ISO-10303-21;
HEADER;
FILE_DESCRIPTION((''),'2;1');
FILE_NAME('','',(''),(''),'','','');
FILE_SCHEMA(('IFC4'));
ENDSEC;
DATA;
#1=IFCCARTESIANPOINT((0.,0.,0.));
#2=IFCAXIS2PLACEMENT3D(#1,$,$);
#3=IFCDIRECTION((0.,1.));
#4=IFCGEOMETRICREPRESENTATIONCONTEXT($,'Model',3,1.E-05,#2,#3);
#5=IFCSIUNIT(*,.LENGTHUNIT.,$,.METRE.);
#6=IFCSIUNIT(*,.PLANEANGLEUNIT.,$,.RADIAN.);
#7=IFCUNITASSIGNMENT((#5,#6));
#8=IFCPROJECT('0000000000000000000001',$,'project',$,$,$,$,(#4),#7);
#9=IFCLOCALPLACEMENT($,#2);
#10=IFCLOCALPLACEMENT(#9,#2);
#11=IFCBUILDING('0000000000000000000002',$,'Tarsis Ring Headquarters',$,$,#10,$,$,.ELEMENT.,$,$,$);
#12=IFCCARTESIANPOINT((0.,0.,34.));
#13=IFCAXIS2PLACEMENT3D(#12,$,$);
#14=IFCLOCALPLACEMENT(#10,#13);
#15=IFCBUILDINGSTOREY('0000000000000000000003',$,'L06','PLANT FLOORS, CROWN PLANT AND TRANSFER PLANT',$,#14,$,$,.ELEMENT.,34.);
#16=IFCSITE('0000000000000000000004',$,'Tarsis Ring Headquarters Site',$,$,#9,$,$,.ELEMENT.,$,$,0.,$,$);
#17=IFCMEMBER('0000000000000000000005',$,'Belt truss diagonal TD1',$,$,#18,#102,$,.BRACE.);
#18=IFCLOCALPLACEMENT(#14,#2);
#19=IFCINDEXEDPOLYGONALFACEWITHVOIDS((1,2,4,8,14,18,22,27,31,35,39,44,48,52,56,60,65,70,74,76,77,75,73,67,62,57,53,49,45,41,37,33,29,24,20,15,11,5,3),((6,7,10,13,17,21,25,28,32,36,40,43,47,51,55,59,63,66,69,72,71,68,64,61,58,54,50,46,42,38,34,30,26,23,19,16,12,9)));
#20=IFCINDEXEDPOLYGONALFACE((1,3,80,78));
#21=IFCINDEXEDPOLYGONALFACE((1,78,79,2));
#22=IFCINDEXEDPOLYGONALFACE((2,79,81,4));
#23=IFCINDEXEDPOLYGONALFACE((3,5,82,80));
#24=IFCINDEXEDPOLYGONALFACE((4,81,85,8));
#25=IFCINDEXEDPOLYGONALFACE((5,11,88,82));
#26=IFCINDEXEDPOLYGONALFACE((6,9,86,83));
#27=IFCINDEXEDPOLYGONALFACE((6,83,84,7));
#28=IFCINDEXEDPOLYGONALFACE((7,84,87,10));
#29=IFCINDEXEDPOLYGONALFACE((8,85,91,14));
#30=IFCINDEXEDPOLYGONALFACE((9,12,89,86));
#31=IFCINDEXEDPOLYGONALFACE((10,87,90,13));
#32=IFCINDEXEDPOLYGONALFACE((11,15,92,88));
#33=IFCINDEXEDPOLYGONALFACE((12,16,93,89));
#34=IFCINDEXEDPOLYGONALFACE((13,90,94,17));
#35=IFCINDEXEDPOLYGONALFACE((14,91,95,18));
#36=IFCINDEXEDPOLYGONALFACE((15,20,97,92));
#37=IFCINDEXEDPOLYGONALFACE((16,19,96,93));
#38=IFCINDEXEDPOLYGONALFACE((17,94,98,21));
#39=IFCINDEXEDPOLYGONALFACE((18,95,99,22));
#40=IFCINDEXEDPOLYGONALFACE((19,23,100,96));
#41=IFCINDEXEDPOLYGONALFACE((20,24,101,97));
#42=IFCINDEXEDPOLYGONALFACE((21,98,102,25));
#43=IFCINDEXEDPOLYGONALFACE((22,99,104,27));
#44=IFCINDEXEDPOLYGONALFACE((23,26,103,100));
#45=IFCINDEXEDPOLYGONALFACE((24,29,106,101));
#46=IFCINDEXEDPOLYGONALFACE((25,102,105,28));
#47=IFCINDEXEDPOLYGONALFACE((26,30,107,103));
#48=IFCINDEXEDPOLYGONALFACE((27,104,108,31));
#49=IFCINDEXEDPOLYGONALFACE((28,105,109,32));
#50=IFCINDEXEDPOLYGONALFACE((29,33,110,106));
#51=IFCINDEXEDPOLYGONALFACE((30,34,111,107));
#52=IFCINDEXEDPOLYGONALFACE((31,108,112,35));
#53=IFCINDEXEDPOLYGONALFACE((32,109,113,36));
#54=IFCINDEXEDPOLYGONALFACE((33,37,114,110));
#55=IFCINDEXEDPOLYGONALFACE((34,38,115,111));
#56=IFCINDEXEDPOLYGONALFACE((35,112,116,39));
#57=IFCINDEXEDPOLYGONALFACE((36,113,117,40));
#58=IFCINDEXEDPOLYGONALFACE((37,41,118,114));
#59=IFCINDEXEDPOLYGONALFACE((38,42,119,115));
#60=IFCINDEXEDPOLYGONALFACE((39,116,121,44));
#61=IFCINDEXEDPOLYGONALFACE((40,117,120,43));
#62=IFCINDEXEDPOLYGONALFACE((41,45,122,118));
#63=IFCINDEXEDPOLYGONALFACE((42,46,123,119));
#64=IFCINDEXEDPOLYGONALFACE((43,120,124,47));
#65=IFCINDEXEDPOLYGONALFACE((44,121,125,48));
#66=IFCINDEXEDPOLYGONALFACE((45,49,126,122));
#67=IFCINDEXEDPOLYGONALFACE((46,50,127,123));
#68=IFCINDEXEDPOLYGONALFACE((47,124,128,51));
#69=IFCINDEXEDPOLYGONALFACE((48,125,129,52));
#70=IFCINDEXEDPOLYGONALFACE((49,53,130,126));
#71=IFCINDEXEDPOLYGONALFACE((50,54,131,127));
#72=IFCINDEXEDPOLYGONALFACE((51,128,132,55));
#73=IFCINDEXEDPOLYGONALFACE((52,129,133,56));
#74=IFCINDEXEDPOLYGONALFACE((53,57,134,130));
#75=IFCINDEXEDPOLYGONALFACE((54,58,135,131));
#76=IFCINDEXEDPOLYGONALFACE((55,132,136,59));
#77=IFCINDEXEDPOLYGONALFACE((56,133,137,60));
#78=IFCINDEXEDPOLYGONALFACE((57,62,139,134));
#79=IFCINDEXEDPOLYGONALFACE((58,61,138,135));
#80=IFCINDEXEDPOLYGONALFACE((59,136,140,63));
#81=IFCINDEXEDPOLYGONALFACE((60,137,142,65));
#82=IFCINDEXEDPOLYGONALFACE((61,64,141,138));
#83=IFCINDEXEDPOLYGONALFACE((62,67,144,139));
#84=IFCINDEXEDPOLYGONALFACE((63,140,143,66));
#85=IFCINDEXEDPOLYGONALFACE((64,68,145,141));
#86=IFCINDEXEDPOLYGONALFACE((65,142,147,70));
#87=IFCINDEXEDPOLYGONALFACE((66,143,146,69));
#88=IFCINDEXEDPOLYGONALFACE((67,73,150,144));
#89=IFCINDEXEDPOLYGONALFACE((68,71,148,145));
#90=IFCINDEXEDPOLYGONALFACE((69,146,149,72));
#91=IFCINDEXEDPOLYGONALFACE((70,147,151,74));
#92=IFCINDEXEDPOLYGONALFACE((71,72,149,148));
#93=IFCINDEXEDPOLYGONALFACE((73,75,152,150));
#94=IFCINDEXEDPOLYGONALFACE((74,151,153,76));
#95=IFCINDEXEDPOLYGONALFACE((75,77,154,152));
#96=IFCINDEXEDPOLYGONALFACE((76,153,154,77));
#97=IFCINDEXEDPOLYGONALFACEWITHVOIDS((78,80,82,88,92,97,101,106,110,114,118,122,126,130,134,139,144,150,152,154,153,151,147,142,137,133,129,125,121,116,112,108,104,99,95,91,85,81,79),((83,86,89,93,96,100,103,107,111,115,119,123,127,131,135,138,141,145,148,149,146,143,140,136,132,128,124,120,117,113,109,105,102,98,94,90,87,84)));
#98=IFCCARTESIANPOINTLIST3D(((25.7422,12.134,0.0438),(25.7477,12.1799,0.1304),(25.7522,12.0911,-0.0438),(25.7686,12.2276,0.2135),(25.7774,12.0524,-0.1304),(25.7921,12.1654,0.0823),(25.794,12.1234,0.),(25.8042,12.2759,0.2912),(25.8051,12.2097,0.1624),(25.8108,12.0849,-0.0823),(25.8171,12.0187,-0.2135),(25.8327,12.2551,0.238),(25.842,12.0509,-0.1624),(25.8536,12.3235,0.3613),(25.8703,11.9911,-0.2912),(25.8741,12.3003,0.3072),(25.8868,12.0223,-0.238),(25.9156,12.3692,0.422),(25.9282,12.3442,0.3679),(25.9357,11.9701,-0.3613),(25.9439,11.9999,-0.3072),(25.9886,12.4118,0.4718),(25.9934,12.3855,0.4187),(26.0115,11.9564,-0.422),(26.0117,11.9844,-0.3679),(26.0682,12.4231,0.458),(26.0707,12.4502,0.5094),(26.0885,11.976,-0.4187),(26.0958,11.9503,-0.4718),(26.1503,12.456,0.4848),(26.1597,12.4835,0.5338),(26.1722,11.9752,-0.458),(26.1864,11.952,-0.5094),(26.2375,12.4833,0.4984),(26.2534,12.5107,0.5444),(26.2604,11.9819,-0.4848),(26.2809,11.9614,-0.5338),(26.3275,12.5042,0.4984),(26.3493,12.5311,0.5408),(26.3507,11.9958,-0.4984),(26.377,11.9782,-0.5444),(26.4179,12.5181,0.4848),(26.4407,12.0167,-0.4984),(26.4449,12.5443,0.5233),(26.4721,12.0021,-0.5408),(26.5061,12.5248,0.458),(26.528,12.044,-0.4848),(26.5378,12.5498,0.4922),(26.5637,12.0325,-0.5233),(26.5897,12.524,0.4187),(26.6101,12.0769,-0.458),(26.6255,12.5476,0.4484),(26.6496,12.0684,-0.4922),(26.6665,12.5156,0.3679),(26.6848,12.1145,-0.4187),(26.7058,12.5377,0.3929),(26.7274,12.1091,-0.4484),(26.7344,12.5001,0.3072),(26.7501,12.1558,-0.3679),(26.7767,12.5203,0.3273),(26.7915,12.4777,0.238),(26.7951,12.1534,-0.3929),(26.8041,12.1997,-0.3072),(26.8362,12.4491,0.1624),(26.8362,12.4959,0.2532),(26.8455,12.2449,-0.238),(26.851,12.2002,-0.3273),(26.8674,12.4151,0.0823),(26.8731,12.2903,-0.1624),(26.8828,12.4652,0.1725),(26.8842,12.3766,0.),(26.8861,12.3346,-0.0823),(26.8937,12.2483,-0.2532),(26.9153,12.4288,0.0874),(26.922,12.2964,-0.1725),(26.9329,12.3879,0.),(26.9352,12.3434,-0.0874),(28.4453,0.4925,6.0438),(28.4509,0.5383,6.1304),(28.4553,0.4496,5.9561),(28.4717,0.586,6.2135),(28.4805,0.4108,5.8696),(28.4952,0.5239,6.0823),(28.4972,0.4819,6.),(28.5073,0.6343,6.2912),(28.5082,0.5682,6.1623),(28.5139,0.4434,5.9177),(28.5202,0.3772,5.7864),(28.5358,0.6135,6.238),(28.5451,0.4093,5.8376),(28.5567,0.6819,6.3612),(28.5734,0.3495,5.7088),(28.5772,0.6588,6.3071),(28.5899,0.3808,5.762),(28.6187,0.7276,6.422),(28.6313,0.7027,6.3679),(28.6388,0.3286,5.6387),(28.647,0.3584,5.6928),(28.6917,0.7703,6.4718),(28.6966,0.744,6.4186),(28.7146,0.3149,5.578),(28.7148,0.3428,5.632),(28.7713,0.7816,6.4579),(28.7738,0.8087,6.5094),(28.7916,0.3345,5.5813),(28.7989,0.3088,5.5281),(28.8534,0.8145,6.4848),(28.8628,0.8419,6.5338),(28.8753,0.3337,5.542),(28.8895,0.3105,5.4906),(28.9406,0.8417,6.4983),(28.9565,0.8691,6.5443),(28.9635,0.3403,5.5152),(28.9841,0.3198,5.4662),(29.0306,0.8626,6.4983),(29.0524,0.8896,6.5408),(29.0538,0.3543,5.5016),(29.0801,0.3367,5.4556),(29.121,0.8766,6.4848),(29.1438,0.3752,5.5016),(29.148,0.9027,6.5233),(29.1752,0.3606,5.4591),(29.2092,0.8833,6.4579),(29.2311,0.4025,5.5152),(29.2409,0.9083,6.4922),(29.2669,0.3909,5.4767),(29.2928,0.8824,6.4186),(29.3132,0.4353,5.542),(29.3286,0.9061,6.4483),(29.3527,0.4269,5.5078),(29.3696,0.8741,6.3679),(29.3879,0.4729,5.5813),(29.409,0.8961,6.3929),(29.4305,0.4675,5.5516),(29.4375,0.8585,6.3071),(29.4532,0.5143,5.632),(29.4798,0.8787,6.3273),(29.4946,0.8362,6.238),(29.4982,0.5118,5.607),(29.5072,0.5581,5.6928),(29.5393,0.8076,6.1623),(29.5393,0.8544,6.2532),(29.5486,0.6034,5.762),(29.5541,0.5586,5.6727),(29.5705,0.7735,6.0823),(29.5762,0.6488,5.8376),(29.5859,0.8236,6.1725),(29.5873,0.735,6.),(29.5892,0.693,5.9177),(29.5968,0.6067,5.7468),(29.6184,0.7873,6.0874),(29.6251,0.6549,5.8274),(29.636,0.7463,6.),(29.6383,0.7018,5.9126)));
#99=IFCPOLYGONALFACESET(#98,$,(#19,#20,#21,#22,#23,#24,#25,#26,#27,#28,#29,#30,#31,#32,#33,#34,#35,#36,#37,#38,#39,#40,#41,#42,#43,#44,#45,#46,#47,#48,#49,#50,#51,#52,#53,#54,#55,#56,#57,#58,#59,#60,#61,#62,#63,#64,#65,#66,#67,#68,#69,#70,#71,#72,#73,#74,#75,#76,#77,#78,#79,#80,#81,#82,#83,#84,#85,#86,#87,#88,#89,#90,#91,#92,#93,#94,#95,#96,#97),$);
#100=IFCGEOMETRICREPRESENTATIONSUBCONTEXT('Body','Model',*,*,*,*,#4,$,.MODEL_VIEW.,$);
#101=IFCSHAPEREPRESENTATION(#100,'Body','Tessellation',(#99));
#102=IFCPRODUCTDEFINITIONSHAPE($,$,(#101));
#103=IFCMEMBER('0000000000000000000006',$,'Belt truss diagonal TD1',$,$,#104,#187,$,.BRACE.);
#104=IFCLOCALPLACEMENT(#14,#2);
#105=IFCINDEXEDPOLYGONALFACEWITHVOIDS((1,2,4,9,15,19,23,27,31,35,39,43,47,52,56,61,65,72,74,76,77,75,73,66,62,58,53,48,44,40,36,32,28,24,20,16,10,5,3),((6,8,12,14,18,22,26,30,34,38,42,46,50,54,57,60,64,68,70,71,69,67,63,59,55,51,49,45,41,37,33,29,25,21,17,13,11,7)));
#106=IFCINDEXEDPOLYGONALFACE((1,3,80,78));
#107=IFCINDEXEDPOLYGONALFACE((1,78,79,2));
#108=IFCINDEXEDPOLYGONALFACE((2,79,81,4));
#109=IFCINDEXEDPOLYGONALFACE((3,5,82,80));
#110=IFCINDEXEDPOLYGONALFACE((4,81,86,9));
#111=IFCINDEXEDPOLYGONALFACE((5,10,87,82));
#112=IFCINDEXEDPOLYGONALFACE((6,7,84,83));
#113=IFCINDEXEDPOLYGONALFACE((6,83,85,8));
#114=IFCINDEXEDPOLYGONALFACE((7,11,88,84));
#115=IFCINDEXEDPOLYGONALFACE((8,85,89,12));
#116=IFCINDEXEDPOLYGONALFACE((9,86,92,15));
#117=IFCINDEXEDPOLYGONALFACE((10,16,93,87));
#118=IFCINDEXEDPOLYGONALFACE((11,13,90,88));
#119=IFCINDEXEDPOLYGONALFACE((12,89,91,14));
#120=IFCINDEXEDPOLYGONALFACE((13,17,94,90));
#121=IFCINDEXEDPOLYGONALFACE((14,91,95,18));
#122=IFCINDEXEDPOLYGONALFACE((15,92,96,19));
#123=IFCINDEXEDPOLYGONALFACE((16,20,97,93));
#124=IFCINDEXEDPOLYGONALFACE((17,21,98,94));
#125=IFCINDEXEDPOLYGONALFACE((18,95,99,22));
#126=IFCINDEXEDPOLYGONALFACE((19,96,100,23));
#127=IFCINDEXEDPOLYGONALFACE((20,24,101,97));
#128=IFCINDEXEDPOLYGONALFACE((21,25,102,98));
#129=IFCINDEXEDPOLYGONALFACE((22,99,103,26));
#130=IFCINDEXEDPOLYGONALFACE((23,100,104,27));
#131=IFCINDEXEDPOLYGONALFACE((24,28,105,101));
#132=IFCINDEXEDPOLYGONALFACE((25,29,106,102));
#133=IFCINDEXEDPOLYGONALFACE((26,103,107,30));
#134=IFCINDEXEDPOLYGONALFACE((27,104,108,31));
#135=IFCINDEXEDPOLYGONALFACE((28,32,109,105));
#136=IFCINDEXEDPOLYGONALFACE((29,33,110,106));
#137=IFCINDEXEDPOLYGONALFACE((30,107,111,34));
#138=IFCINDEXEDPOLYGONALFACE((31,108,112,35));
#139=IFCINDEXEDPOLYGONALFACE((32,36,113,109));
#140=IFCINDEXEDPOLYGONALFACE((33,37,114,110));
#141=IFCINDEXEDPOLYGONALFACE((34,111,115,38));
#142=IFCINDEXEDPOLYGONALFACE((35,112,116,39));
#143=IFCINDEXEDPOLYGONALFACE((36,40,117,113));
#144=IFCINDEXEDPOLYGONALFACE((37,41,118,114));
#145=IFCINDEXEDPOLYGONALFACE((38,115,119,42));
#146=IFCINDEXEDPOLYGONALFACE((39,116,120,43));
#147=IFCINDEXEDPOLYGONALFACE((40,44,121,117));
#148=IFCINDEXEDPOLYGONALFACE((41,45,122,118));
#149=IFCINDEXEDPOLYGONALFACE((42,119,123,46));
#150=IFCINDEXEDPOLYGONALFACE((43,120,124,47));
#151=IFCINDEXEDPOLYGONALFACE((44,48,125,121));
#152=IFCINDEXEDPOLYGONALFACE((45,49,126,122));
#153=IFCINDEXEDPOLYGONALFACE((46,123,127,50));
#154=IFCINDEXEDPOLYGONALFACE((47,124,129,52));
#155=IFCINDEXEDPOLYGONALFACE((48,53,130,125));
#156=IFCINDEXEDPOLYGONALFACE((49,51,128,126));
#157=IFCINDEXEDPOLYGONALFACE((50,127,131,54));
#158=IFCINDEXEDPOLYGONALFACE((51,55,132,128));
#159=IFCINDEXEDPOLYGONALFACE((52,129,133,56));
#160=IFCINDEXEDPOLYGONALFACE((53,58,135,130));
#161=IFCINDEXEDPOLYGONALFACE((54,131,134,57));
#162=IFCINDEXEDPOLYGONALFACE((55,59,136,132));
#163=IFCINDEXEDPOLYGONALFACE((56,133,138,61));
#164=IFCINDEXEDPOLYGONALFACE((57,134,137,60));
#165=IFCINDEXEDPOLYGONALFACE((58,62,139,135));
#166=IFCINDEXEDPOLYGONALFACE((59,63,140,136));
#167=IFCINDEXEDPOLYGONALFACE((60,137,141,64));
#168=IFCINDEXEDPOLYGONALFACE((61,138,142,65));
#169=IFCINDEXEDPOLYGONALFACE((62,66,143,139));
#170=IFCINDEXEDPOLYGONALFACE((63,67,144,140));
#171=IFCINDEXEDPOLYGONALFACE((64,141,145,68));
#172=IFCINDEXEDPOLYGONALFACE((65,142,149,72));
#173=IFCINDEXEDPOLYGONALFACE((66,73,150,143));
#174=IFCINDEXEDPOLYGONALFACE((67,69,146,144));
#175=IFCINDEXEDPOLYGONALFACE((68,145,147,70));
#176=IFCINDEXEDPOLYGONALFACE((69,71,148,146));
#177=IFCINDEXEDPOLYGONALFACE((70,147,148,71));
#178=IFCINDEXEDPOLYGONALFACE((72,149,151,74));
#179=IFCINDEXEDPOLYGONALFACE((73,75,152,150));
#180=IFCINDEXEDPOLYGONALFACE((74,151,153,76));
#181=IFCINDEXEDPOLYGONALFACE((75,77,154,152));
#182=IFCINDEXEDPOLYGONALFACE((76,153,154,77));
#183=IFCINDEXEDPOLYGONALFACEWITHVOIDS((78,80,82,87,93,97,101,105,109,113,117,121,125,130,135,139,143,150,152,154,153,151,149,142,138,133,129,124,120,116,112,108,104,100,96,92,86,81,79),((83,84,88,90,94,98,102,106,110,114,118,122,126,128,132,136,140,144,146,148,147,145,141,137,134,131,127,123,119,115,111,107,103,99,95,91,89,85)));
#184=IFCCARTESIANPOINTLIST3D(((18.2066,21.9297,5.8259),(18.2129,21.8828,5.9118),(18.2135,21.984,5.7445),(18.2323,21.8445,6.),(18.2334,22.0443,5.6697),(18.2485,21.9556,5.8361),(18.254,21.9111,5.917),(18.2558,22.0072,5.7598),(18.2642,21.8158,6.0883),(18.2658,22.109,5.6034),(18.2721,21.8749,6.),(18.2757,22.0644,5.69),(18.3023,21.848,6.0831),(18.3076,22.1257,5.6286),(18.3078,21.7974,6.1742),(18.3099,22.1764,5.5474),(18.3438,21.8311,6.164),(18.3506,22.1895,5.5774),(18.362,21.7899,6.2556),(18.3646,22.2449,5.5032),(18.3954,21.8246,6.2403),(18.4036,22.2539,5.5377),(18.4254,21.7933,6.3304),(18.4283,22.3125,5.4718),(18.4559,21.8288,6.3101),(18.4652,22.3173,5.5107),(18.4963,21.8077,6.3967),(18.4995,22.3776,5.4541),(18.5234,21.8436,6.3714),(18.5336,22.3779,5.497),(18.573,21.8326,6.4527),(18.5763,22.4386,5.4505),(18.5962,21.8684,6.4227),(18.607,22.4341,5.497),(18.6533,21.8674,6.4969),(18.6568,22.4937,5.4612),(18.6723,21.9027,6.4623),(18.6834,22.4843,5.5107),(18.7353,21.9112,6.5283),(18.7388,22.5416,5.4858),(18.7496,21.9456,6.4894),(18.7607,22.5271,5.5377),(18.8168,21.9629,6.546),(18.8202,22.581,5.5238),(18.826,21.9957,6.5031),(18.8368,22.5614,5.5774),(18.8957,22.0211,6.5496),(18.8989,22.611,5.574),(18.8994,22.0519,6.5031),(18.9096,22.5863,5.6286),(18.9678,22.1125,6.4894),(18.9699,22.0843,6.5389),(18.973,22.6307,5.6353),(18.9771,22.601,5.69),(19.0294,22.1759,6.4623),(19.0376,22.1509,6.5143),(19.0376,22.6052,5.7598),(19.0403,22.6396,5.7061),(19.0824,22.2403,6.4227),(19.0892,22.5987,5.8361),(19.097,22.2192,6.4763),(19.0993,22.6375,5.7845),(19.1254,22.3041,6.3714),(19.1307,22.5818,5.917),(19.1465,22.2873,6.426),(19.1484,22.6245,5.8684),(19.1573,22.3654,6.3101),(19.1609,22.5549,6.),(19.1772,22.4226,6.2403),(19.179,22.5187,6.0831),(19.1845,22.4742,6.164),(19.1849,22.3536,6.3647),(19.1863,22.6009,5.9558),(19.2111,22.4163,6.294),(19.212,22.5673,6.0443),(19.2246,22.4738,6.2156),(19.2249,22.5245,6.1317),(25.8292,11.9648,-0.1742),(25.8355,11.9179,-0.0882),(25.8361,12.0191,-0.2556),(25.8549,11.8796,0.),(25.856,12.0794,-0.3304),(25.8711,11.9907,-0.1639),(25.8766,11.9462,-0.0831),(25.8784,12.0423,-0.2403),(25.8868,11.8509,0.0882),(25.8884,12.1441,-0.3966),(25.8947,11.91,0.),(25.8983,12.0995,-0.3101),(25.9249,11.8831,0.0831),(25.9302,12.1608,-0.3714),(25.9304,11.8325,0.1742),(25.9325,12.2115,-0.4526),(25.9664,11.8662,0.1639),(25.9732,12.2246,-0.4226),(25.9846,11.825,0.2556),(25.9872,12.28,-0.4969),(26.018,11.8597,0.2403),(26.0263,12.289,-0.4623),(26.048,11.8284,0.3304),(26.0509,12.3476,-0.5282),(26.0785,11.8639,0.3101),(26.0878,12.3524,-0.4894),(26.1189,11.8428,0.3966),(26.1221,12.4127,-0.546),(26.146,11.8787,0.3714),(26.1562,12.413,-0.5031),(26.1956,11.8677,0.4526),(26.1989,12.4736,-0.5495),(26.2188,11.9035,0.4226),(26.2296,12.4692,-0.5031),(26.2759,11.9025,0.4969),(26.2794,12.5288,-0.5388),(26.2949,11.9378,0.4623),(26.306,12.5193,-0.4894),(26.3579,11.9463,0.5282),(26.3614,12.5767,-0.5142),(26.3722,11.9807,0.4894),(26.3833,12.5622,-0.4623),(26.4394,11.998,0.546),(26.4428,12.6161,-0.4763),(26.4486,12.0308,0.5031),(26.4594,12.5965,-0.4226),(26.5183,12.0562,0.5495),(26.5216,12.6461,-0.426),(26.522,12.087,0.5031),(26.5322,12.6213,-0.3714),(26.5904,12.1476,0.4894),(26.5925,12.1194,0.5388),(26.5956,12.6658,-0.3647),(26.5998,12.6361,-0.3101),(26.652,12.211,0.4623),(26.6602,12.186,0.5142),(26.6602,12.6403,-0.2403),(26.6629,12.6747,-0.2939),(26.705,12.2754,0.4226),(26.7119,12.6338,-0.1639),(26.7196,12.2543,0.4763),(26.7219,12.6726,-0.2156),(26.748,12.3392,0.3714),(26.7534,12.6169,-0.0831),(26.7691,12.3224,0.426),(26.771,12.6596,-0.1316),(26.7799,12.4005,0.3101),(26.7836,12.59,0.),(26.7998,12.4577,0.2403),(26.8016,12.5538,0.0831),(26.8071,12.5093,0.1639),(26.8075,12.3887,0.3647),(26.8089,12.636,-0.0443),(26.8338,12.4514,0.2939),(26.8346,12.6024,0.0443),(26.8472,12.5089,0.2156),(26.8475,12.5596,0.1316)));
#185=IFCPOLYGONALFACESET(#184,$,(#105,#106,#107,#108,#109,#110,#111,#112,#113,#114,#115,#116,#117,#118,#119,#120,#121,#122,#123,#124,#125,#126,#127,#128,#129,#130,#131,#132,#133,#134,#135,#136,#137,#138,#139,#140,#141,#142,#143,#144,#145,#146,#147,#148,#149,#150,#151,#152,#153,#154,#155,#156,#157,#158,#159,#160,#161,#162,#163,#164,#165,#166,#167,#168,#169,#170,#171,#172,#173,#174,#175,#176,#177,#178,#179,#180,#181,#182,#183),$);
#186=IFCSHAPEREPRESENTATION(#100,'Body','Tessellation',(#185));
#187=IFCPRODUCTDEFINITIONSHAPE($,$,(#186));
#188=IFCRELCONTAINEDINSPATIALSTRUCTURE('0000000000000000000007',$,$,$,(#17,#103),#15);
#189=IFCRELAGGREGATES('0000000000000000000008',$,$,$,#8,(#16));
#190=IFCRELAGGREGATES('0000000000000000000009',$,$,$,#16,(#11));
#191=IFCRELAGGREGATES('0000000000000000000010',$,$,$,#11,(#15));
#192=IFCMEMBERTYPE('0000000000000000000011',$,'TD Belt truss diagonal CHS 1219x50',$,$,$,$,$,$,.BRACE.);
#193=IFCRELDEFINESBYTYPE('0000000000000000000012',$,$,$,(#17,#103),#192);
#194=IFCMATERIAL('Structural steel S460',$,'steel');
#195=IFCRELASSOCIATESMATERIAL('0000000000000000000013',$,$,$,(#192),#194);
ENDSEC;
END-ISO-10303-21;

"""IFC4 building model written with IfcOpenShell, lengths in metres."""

from ifc_helpers import new_model, si_unit, direction, frame, origin, origin_2d, place, context, subcontext, project, spatial, hollow_circle, extrude, material, material_profile, profile_set, type_object, element, save


model = new_model("IFC4")

# Units and contexts
model_context = context("Model", 3, precision=1e-05, world=origin(), true_north=direction((0.0, 1.0)))
body_context = subcontext(model_context, "Body", "Model", "MODEL_VIEW")
ifc_project = project(units=[si_unit("LENGTHUNIT", "METRE"), si_unit("PLANEANGLEUNIT", "RADIAN")], contexts=[model_context])

# Site, building, storey
site_placement = place(None, origin())
site = spatial("IfcSite", under=ifc_project, at=site_placement, Name="Tarsis Ring Headquarters Site", CompositionType="ELEMENT", RefElevation=0.0)
building_placement = place(site_placement, origin())
building = spatial("IfcBuilding", under=site, at=building_placement, Name="Tarsis Ring Headquarters", CompositionType="ELEMENT")
storey_placement = place(building_placement, frame((0.0, 0.0, 34.0)))
storey = spatial("IfcBuildingStorey", under=building, at=storey_placement, Name="L06", Description="PLANT FLOORS, CROWN PLANT AND TRANSFER PLANT", CompositionType="ELEMENT", Elevation=34.0)

# Shared definitions
ifc_material_1 = material(Name="Structural steel S460", Category="steel")
ifc_material_profile_1 = material_profile(ifc_material_1, hollow_circle(Radius=0.6096, WallThickness=0.05, at=origin_2d()), Name="CHS 1219x50")
ifc_profile_set_1 = profile_set([ifc_material_profile_1], Name="Structural steel S460")

# Members
member_type_1 = type_object("IfcMemberType", Name="TD Belt truss diagonal CHS 1219x50", PredefinedType="BRACE", material=ifc_profile_set_1)
member_1_placement = place(storey_placement, frame((26.3391, 12.25, 0.0), z_axis=(0.202135, -0.870538, 0.448669), x_axis=(0.974086, 0.226178, 0.0)))
element("IfcMember", 1, at=member_1_placement, inside=storey, type_object=member_type_1, Name="Belt truss diagonal TD1", PredefinedType="BRACE", context=body_context, shape_type="SweptSolid", body=[
    extrude(hollow_circle(Radius=0.6096, WallThickness=0.05, at=origin_2d()), origin(), (0.0, 0.0, 1.0), 13.3728),
])
member_2_placement = place(storey_placement, frame((26.3391, 12.25, 0.0), z_axis=(-0.548114, 0.71654, 0.431441), x_axis=(-0.794266, -0.60757, 0.0)))
element("IfcMember", 2, at=member_2_placement, inside=storey, type_object=member_type_1, Name="Belt truss diagonal TD1", PredefinedType="BRACE", context=body_context, shape_type="SweptSolid", body=[
    extrude(hollow_circle(Radius=0.6096, WallThickness=0.05, at=origin_2d()), origin(), (0.0, 0.0, 1.0), 13.907),
])

save(model, "model.ifc")
